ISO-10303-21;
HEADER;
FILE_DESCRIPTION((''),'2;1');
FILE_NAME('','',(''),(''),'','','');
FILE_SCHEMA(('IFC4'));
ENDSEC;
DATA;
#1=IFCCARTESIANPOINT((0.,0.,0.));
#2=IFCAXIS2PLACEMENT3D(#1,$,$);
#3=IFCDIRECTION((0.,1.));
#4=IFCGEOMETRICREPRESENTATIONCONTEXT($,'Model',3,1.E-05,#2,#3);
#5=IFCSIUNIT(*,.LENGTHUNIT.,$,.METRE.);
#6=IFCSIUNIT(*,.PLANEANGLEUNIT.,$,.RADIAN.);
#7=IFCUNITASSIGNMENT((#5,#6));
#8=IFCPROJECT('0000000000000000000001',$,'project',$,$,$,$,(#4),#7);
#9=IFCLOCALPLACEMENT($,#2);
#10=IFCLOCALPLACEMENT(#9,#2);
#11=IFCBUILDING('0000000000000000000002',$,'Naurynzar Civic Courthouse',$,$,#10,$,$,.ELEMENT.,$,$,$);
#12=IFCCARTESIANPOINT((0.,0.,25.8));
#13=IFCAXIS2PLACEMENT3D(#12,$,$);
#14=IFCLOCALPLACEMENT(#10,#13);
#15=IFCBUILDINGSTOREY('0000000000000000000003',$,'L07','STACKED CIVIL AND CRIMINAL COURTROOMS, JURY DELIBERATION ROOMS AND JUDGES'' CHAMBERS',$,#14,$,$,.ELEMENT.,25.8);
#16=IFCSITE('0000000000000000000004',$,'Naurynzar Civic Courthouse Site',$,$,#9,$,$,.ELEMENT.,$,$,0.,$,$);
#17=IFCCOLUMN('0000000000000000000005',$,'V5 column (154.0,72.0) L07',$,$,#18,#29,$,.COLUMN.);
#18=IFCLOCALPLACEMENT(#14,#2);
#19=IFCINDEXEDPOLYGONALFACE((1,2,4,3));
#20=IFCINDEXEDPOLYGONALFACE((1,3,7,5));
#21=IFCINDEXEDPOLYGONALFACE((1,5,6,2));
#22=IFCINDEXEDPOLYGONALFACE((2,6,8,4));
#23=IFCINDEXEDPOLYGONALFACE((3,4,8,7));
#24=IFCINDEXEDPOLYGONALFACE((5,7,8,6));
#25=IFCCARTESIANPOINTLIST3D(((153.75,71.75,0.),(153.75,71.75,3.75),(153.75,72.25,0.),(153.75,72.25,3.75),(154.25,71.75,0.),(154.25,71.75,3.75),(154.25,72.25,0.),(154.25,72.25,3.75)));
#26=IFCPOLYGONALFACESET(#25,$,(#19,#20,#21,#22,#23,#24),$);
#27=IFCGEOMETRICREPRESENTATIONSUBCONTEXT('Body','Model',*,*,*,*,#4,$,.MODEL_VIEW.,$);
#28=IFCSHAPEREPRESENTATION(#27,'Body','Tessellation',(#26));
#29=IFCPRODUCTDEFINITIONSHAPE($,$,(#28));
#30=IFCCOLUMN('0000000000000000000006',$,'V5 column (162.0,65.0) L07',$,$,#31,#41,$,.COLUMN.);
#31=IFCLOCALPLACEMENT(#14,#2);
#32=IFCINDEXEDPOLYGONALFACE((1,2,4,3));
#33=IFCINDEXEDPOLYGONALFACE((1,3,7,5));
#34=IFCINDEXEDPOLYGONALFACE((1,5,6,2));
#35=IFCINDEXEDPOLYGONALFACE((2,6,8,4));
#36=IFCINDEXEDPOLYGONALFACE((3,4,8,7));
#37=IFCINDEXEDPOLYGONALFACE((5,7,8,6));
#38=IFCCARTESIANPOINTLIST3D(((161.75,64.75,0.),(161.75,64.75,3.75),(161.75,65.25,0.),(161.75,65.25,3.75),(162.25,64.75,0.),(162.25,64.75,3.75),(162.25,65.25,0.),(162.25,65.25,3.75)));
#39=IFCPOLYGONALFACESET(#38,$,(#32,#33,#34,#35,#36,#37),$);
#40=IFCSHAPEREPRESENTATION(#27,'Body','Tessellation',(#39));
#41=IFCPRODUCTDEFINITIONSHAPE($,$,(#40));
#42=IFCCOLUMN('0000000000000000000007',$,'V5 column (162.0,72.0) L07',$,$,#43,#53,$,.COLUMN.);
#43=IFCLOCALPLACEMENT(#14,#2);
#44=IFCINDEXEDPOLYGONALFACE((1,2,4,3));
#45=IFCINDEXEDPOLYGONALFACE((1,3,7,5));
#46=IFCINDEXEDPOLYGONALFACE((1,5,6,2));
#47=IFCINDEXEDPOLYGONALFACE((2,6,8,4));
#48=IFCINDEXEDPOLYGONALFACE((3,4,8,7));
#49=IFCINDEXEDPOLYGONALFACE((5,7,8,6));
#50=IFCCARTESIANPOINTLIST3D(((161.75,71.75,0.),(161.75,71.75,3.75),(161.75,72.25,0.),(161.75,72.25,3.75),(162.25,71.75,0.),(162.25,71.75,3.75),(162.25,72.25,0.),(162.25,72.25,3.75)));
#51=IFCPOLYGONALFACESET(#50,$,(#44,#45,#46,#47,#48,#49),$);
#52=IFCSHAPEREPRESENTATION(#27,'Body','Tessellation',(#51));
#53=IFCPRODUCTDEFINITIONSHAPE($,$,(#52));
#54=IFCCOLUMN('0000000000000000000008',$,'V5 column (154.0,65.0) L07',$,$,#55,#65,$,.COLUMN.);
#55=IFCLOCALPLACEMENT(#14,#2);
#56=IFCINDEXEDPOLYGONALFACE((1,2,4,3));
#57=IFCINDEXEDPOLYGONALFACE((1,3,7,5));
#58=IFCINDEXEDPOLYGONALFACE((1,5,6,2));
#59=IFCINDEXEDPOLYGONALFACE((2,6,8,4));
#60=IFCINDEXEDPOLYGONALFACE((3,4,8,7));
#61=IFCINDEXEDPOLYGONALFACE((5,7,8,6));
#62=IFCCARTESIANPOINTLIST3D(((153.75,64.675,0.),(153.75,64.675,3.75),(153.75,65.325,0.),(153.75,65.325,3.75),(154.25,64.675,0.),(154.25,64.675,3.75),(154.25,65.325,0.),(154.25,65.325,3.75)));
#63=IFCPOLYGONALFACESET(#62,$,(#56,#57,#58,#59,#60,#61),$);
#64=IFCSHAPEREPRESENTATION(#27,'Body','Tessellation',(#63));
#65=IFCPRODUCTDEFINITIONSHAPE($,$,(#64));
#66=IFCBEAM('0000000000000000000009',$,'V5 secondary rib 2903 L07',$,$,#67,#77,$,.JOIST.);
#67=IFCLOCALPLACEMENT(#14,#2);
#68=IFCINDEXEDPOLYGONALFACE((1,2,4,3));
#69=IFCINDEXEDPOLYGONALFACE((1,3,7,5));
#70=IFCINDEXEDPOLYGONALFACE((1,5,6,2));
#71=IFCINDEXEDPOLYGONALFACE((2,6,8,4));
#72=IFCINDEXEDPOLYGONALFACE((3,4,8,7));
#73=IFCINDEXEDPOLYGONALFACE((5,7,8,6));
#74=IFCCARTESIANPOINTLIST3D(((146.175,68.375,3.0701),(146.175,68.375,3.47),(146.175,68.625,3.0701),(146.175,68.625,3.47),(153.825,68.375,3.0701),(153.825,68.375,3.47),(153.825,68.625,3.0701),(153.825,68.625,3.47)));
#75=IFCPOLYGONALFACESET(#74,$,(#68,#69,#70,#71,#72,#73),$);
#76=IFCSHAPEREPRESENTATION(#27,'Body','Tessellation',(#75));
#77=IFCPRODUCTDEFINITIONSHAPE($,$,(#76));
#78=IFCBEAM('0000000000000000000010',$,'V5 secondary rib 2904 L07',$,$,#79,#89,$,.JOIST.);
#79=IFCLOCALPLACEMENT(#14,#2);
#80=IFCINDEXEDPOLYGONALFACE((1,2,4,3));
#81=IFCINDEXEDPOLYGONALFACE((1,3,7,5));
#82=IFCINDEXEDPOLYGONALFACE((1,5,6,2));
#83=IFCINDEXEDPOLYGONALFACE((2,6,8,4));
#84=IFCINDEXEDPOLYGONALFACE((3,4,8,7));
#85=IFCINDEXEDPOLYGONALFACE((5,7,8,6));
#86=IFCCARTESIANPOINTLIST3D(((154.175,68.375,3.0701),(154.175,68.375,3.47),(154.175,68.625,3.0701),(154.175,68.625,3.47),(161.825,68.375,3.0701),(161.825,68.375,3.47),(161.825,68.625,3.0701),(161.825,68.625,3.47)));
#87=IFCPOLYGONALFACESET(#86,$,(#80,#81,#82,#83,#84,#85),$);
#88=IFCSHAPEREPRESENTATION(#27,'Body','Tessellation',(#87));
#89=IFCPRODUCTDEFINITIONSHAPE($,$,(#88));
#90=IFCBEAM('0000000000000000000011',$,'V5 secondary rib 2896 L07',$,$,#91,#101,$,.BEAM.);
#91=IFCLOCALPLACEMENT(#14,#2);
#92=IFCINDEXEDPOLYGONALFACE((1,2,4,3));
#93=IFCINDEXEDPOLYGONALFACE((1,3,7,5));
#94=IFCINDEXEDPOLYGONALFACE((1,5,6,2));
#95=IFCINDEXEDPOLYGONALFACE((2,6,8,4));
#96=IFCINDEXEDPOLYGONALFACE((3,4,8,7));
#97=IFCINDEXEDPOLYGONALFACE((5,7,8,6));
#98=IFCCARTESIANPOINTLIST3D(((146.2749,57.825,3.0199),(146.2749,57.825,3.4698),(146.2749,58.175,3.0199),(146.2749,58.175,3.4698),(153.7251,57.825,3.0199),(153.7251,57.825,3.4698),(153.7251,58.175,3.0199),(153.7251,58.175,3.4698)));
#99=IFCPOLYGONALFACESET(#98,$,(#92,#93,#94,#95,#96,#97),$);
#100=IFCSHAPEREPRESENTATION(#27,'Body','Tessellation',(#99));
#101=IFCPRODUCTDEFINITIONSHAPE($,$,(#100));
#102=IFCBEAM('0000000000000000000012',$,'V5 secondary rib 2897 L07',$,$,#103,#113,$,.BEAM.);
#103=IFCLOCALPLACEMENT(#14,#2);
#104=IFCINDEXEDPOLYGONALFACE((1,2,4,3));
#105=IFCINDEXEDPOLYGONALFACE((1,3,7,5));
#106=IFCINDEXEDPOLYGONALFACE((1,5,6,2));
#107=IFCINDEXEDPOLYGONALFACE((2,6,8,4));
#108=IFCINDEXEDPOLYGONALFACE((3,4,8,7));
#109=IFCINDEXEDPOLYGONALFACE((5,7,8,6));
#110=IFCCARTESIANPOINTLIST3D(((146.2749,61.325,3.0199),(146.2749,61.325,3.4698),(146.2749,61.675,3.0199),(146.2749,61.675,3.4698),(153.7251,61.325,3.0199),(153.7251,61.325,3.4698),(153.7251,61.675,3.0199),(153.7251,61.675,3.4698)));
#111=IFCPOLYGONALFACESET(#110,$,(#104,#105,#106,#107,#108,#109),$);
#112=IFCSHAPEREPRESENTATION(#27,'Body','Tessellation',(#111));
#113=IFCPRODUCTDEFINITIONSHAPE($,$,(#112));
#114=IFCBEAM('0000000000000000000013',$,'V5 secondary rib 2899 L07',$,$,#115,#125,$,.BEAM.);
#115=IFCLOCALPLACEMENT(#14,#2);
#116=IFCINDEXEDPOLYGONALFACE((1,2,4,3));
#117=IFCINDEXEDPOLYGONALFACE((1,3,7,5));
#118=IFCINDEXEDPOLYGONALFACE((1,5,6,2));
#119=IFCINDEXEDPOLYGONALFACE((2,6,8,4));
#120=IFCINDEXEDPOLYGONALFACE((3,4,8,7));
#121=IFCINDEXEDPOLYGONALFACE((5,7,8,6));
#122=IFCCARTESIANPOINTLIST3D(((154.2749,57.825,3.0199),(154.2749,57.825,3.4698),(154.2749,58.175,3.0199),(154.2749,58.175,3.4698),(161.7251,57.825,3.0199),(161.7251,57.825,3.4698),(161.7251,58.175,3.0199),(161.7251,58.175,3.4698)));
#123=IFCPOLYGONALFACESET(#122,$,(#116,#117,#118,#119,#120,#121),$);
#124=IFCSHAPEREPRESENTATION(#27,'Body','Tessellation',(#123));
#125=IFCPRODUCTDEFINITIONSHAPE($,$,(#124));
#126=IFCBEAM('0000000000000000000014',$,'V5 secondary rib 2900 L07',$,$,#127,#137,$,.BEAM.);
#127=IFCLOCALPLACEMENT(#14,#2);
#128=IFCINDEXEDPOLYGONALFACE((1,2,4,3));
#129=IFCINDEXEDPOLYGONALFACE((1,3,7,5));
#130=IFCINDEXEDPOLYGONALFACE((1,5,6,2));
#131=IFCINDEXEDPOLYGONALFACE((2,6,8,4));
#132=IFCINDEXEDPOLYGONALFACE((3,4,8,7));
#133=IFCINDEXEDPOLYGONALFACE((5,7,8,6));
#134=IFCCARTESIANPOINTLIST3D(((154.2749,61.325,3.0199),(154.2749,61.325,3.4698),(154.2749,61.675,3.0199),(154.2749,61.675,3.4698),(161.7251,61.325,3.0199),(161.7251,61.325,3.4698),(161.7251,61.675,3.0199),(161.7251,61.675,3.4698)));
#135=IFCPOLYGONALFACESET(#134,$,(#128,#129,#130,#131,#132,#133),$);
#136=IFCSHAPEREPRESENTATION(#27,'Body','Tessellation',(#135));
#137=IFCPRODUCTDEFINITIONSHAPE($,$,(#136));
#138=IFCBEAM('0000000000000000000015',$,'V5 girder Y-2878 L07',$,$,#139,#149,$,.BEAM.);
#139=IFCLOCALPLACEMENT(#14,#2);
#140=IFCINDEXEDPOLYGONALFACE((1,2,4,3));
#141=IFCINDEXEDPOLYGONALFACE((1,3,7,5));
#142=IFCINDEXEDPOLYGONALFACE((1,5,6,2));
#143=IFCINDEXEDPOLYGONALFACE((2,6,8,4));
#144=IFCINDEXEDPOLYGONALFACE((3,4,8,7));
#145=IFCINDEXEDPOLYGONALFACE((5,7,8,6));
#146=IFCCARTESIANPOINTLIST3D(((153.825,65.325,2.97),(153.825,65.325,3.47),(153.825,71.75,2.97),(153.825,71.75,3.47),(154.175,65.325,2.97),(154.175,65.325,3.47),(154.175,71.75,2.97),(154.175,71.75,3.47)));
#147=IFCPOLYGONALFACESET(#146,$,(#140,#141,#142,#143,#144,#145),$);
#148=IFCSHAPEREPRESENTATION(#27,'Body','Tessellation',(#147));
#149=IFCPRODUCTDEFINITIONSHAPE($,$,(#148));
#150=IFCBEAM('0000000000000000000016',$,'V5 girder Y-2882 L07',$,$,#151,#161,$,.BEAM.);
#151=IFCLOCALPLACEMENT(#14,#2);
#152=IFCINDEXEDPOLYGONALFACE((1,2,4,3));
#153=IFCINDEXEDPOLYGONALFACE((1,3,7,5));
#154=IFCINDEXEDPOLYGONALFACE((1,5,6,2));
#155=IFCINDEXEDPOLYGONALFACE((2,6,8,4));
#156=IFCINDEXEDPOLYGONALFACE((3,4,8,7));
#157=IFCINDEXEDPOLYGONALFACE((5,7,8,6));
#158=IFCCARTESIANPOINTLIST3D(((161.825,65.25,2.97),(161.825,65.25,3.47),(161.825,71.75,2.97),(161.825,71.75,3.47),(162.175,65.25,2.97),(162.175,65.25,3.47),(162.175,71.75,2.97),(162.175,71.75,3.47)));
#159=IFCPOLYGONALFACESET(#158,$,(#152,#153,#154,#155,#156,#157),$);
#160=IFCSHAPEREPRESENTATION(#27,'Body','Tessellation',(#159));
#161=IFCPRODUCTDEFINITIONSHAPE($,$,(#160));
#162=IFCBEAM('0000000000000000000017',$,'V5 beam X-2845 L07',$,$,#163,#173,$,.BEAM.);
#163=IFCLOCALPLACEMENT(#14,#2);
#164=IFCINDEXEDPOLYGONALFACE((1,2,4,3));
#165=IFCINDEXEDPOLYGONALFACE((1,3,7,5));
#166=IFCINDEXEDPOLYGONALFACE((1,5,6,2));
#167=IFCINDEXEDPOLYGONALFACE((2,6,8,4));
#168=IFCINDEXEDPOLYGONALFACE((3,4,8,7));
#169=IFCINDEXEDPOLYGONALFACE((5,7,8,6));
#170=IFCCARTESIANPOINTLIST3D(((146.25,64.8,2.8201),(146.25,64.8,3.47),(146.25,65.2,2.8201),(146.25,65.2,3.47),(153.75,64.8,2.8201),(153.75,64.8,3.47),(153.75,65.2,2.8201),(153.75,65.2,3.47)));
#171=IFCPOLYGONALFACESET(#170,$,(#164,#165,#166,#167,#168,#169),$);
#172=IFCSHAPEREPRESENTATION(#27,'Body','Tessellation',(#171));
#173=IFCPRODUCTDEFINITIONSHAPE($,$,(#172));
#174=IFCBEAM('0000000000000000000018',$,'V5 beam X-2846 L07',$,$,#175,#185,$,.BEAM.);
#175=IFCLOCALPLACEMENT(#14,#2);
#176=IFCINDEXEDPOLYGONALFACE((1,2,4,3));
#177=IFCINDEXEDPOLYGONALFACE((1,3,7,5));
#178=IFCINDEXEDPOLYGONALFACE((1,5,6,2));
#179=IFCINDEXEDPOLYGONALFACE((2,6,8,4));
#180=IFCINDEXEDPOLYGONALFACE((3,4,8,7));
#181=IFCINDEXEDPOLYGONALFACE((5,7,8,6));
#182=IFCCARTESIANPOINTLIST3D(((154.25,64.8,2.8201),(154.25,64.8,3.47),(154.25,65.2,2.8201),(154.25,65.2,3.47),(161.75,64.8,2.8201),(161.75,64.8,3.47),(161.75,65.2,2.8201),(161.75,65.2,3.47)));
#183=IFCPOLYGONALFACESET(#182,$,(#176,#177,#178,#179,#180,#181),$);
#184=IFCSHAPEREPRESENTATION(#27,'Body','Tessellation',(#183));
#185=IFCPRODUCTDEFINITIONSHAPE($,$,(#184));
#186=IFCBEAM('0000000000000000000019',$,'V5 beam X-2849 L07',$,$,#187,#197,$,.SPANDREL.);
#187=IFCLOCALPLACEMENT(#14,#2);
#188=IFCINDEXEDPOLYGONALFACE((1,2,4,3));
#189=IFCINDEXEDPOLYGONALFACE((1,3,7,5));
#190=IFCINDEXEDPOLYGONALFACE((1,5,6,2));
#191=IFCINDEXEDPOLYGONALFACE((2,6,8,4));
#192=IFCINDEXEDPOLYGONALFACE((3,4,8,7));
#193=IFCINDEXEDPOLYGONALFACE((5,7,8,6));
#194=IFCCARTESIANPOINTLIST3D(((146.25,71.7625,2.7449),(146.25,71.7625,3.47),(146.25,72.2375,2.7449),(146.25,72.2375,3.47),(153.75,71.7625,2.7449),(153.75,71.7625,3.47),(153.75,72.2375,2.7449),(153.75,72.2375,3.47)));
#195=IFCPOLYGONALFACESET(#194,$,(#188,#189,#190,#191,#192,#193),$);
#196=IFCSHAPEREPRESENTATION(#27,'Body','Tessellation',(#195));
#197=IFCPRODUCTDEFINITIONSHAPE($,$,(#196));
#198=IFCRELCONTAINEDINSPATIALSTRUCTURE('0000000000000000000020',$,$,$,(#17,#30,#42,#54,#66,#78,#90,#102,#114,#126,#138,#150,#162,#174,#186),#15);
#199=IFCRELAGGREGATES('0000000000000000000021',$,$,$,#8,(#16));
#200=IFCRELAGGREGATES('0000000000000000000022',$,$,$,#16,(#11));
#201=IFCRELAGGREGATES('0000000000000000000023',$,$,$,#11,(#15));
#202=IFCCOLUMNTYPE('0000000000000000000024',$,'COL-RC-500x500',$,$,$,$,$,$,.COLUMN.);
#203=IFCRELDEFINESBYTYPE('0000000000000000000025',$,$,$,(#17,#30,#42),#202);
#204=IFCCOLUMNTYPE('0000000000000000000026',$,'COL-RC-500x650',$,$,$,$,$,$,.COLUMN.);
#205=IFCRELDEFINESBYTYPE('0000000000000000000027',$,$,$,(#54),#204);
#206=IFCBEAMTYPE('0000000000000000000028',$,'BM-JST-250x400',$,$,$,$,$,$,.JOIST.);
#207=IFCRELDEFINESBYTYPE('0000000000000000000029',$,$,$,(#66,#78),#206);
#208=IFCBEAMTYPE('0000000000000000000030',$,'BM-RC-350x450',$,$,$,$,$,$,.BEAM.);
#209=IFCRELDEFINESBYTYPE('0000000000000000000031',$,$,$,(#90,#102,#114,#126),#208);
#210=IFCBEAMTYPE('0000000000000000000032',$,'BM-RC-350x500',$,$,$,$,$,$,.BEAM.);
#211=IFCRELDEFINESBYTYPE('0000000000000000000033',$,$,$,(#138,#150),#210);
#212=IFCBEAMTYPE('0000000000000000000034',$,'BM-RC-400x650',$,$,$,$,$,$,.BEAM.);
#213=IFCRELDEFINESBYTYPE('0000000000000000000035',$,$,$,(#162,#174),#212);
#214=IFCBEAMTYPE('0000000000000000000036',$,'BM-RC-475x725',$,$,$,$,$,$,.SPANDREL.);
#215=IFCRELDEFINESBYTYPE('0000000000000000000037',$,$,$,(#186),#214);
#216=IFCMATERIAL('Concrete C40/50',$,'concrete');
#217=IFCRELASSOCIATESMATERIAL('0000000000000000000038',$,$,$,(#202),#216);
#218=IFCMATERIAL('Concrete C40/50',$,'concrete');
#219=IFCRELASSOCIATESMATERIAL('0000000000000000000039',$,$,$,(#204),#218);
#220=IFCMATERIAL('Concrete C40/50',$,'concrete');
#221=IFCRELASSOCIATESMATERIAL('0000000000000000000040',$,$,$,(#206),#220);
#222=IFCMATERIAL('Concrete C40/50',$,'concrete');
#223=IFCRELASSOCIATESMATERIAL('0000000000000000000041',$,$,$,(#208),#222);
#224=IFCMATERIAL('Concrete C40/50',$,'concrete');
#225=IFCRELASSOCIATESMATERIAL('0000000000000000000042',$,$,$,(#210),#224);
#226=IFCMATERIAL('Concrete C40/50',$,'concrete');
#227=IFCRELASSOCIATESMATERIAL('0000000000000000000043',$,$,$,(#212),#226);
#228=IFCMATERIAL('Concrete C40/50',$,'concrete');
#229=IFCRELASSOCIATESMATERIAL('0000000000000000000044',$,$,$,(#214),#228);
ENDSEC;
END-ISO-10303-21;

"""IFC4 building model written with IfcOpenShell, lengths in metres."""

from ifc_helpers import new_model, si_unit, direction, frame, origin, origin_2d, place, context, subcontext, project, spatial, rectangle, extrude, material, material_profile, profile_set, type_object, element, save


model = new_model("IFC4")

# Units and contexts
model_context = context("Model", 3, precision=1e-05, world=origin(), true_north=direction((0.0, 1.0)))
body_context = subcontext(model_context, "Body", "Model", "MODEL_VIEW")
ifc_project = project(units=[si_unit("LENGTHUNIT", "METRE"), si_unit("PLANEANGLEUNIT", "RADIAN")], contexts=[model_context])

# Site, building, storey
site_placement = place(None, origin())
site = spatial("IfcSite", under=ifc_project, at=site_placement, Name="Naurynzar Civic Courthouse Site", CompositionType="ELEMENT", RefElevation=0.0)
building_placement = place(site_placement, origin())
building = spatial("IfcBuilding", under=site, at=building_placement, Name="Naurynzar Civic Courthouse", CompositionType="ELEMENT")
storey_placement = place(building_placement, frame((0.0, 0.0, 25.8)))
storey = spatial("IfcBuildingStorey", under=building, at=storey_placement, Name="L07", Description="STACKED CIVIL AND CRIMINAL COURTROOMS, JURY DELIBERATION ROOMS AND JUDGES' CHAMBERS", CompositionType="ELEMENT", Elevation=25.8)

# Columns
ifc_material_1 = material(Name="Concrete C40/50", Category="concrete")
ifc_material_profile_1 = material_profile(ifc_material_1, rectangle(XDim=0.5, YDim=0.5, at=origin_2d()), Name="RC 500x500")
ifc_profile_set_1 = profile_set([ifc_material_profile_1], Name="Concrete C40/50")
column_type_1 = type_object("IfcColumnType", Name="COL-RC-500x500", PredefinedType="COLUMN", material=ifc_profile_set_1)
for number, where, z_axis, x_axis, name in (
    (1, (154.0, 72.0, 0.0), (0.0, 0.0, 1.0), (1.0, 0.0, 0.0), "V5 column (154.0,72.0) L07"),
    (2, (162.0, 65.0, 0.0), (0.0, 0.0, 1.0), (1.0, 0.0, 0.0), "V5 column (162.0,65.0) L07"),
    (3, (162.0, 72.0, 0.0), (0.0, 0.0, 1.0), (1.0, 0.0, 0.0), "V5 column (162.0,72.0) L07"),
):
    element("IfcColumn", number, at=place(storey_placement, frame(where, z_axis=z_axis, x_axis=x_axis)), inside=storey, type_object=column_type_1, Name=name, PredefinedType="COLUMN", context=body_context, shape_type="SweptSolid", body=[
        extrude(rectangle(XDim=0.5, YDim=0.5, at=origin_2d()), origin(), (0.0, 0.0, 1.0), 3.75),
    ])
ifc_material_2 = material(Name="Concrete C40/50", Category="concrete")
ifc_material_profile_2 = material_profile(ifc_material_2, rectangle(XDim=0.5, YDim=0.6499, at=origin_2d()), Name="RC 500x650")
ifc_profile_set_2 = profile_set([ifc_material_profile_2], Name="Concrete C40/50")
column_type_2 = type_object("IfcColumnType", Name="COL-RC-500x650", PredefinedType="COLUMN", material=ifc_profile_set_2)
column_placement = place(storey_placement, frame((154.0, 65.0, 0.0), z_axis=(0.0, 0.0, 1.0), x_axis=(1.0, 0.0, 0.0)))
element("IfcColumn", 4, at=column_placement, inside=storey, type_object=column_type_2, Name="V5 column (154.0,65.0) L07", PredefinedType="COLUMN", context=body_context, shape_type="SweptSolid", body=[
    extrude(rectangle(XDim=0.5, YDim=0.6499, at=origin_2d()), origin(), (0.0, 0.0, 1.0), 3.75),
])

# Beams
ifc_material_3 = material(Name="Concrete C40/50", Category="concrete")
ifc_material_profile_3 = material_profile(ifc_material_3, rectangle(XDim=0.25, YDim=0.3999, at=origin_2d()), Name="RCB 250x400")
ifc_profile_set_3 = profile_set([ifc_material_profile_3], Name="Concrete C40/50")
beam_type_1 = type_object("IfcBeamType", Name="BM-JST-250x400", PredefinedType="JOIST", material=ifc_profile_set_3)
for number, where, z_axis, x_axis, name in (
    (5, (146.175, 68.5, 3.27), (1.0, 0.0, 0.0), (0.0, 1.0, 0.0), "V5 secondary rib 2903 L07"),
    (6, (154.175, 68.5, 3.27), (1.0, 0.0, 0.0), (0.0, 1.0, 0.0), "V5 secondary rib 2904 L07"),
):
    element("IfcBeam", number, at=place(storey_placement, frame(where, z_axis=z_axis, x_axis=x_axis)), inside=storey, type_object=beam_type_1, Name=name, PredefinedType="JOIST", context=body_context, shape_type="SweptSolid", body=[
        extrude(rectangle(XDim=0.25, YDim=0.3999, at=origin_2d()), origin(), (0.0, 0.0, 1.0), 7.6499),
    ])
ifc_material_4 = material(Name="Concrete C40/50", Category="concrete")
ifc_material_profile_4 = material_profile(ifc_material_4, rectangle(XDim=0.3501, YDim=0.45, at=origin_2d()), Name="RCB 350x450")
ifc_profile_set_4 = profile_set([ifc_material_profile_4], Name="Concrete C40/50")
beam_type_2 = type_object("IfcBeamType", Name="BM-RC-350x450", PredefinedType="BEAM", material=ifc_profile_set_4)
for number, where, z_axis, x_axis, name in (
    (7, (146.2749, 58.0, 3.2449), (1.0, 0.0, 0.0), (0.0, 1.0, 0.0), "V5 secondary rib 2896 L07"),
    (8, (146.2749, 61.5, 3.2449), (1.0, 0.0, 0.0), (0.0, 1.0, 0.0), "V5 secondary rib 2897 L07"),
    (9, (154.2749, 58.0, 3.2449), (1.0, 0.0, 0.0), (0.0, 1.0, 0.0), "V5 secondary rib 2899 L07"),
    (10, (154.2749, 61.5, 3.2449), (1.0, 0.0, 0.0), (0.0, 1.0, 0.0), "V5 secondary rib 2900 L07"),
):
    element("IfcBeam", number, at=place(storey_placement, frame(where, z_axis=z_axis, x_axis=x_axis)), inside=storey, type_object=beam_type_2, Name=name, PredefinedType="BEAM", context=body_context, shape_type="SweptSolid", body=[
        extrude(rectangle(XDim=0.3501, YDim=0.45, at=origin_2d()), origin(), (0.0, 0.0, 1.0), 7.4502),
    ])
ifc_material_5 = material(Name="Concrete C40/50", Category="concrete")
ifc_material_profile_5 = material_profile(ifc_material_5, rectangle(XDim=0.3501, YDim=0.5, at=origin_2d()), Name="RCB 350x500")
ifc_profile_set_5 = profile_set([ifc_material_profile_5], Name="Concrete C40/50")
beam_type_3 = type_object("IfcBeamType", Name="BM-RC-350x500", PredefinedType="BEAM", material=ifc_profile_set_5)
beam_1_placement = place(storey_placement, frame((154.0, 65.325, 3.22), z_axis=(0.0, 1.0, 0.0), x_axis=(-1.0, 0.0, 0.0)))
element("IfcBeam", 11, at=beam_1_placement, inside=storey, type_object=beam_type_3, Name="V5 girder Y-2878 L07", PredefinedType="BEAM", context=body_context, shape_type="SweptSolid", body=[
    extrude(rectangle(XDim=0.3501, YDim=0.5, at=origin_2d()), origin(), (0.0, 0.0, 1.0), 6.425),
])
beam_2_placement = place(storey_placement, frame((162.0, 65.25, 3.22), z_axis=(0.0, 1.0, 0.0), x_axis=(-1.0, 0.0, 0.0)))
element("IfcBeam", 12, at=beam_2_placement, inside=storey, type_object=beam_type_3, Name="V5 girder Y-2882 L07", PredefinedType="BEAM", context=body_context, shape_type="SweptSolid", body=[
    extrude(rectangle(XDim=0.3501, YDim=0.5, at=origin_2d()), origin(), (0.0, 0.0, 1.0), 6.5),
])
ifc_material_6 = material(Name="Concrete C40/50", Category="concrete")
ifc_material_profile_6 = material_profile(ifc_material_6, rectangle(XDim=0.3999, YDim=0.6499, at=origin_2d()), Name="RCB 400x650")
ifc_profile_set_6 = profile_set([ifc_material_profile_6], Name="Concrete C40/50")
beam_type_4 = type_object("IfcBeamType", Name="BM-RC-400x650", PredefinedType="BEAM", material=ifc_profile_set_6)
for number, where, z_axis, x_axis, name in (
    (13, (146.25, 65.0, 3.145), (1.0, 0.0, 0.0), (0.0, 1.0, 0.0), "V5 beam X-2845 L07"),
    (14, (154.25, 65.0, 3.145), (1.0, 0.0, 0.0), (0.0, 1.0, 0.0), "V5 beam X-2846 L07"),
):
    element("IfcBeam", number, at=place(storey_placement, frame(where, z_axis=z_axis, x_axis=x_axis)), inside=storey, type_object=beam_type_4, Name=name, PredefinedType="BEAM", context=body_context, shape_type="SweptSolid", body=[
        extrude(rectangle(XDim=0.3999, YDim=0.6499, at=origin_2d()), origin(), (0.0, 0.0, 1.0), 7.5),
    ])
ifc_material_7 = material(Name="Concrete C40/50", Category="concrete")
ifc_material_profile_7 = material_profile(ifc_material_7, rectangle(XDim=0.4751, YDim=0.7251, at=origin_2d()), Name="RCB 475x725")
ifc_profile_set_7 = profile_set([ifc_material_profile_7], Name="Concrete C40/50")
beam_type_5 = type_object("IfcBeamType", Name="BM-RC-475x725", PredefinedType="SPANDREL", material=ifc_profile_set_7)
for number, where, z_axis, x_axis, name in (
    (15, (146.25, 72.0, 3.1074), (1.0, 0.0, 0.0), (0.0, 1.0, 0.0), "V5 beam X-2849 L07"),
):
    element("IfcBeam", number, at=place(storey_placement, frame(where, z_axis=z_axis, x_axis=x_axis)), inside=storey, type_object=beam_type_5, Name=name, PredefinedType="SPANDREL", context=body_context, shape_type="SweptSolid", body=[
        extrude(rectangle(XDim=0.4751, YDim=0.7251, at=origin_2d()), origin(), (0.0, 0.0, 1.0), 7.5),
    ])

save(model, "model.ifc")
